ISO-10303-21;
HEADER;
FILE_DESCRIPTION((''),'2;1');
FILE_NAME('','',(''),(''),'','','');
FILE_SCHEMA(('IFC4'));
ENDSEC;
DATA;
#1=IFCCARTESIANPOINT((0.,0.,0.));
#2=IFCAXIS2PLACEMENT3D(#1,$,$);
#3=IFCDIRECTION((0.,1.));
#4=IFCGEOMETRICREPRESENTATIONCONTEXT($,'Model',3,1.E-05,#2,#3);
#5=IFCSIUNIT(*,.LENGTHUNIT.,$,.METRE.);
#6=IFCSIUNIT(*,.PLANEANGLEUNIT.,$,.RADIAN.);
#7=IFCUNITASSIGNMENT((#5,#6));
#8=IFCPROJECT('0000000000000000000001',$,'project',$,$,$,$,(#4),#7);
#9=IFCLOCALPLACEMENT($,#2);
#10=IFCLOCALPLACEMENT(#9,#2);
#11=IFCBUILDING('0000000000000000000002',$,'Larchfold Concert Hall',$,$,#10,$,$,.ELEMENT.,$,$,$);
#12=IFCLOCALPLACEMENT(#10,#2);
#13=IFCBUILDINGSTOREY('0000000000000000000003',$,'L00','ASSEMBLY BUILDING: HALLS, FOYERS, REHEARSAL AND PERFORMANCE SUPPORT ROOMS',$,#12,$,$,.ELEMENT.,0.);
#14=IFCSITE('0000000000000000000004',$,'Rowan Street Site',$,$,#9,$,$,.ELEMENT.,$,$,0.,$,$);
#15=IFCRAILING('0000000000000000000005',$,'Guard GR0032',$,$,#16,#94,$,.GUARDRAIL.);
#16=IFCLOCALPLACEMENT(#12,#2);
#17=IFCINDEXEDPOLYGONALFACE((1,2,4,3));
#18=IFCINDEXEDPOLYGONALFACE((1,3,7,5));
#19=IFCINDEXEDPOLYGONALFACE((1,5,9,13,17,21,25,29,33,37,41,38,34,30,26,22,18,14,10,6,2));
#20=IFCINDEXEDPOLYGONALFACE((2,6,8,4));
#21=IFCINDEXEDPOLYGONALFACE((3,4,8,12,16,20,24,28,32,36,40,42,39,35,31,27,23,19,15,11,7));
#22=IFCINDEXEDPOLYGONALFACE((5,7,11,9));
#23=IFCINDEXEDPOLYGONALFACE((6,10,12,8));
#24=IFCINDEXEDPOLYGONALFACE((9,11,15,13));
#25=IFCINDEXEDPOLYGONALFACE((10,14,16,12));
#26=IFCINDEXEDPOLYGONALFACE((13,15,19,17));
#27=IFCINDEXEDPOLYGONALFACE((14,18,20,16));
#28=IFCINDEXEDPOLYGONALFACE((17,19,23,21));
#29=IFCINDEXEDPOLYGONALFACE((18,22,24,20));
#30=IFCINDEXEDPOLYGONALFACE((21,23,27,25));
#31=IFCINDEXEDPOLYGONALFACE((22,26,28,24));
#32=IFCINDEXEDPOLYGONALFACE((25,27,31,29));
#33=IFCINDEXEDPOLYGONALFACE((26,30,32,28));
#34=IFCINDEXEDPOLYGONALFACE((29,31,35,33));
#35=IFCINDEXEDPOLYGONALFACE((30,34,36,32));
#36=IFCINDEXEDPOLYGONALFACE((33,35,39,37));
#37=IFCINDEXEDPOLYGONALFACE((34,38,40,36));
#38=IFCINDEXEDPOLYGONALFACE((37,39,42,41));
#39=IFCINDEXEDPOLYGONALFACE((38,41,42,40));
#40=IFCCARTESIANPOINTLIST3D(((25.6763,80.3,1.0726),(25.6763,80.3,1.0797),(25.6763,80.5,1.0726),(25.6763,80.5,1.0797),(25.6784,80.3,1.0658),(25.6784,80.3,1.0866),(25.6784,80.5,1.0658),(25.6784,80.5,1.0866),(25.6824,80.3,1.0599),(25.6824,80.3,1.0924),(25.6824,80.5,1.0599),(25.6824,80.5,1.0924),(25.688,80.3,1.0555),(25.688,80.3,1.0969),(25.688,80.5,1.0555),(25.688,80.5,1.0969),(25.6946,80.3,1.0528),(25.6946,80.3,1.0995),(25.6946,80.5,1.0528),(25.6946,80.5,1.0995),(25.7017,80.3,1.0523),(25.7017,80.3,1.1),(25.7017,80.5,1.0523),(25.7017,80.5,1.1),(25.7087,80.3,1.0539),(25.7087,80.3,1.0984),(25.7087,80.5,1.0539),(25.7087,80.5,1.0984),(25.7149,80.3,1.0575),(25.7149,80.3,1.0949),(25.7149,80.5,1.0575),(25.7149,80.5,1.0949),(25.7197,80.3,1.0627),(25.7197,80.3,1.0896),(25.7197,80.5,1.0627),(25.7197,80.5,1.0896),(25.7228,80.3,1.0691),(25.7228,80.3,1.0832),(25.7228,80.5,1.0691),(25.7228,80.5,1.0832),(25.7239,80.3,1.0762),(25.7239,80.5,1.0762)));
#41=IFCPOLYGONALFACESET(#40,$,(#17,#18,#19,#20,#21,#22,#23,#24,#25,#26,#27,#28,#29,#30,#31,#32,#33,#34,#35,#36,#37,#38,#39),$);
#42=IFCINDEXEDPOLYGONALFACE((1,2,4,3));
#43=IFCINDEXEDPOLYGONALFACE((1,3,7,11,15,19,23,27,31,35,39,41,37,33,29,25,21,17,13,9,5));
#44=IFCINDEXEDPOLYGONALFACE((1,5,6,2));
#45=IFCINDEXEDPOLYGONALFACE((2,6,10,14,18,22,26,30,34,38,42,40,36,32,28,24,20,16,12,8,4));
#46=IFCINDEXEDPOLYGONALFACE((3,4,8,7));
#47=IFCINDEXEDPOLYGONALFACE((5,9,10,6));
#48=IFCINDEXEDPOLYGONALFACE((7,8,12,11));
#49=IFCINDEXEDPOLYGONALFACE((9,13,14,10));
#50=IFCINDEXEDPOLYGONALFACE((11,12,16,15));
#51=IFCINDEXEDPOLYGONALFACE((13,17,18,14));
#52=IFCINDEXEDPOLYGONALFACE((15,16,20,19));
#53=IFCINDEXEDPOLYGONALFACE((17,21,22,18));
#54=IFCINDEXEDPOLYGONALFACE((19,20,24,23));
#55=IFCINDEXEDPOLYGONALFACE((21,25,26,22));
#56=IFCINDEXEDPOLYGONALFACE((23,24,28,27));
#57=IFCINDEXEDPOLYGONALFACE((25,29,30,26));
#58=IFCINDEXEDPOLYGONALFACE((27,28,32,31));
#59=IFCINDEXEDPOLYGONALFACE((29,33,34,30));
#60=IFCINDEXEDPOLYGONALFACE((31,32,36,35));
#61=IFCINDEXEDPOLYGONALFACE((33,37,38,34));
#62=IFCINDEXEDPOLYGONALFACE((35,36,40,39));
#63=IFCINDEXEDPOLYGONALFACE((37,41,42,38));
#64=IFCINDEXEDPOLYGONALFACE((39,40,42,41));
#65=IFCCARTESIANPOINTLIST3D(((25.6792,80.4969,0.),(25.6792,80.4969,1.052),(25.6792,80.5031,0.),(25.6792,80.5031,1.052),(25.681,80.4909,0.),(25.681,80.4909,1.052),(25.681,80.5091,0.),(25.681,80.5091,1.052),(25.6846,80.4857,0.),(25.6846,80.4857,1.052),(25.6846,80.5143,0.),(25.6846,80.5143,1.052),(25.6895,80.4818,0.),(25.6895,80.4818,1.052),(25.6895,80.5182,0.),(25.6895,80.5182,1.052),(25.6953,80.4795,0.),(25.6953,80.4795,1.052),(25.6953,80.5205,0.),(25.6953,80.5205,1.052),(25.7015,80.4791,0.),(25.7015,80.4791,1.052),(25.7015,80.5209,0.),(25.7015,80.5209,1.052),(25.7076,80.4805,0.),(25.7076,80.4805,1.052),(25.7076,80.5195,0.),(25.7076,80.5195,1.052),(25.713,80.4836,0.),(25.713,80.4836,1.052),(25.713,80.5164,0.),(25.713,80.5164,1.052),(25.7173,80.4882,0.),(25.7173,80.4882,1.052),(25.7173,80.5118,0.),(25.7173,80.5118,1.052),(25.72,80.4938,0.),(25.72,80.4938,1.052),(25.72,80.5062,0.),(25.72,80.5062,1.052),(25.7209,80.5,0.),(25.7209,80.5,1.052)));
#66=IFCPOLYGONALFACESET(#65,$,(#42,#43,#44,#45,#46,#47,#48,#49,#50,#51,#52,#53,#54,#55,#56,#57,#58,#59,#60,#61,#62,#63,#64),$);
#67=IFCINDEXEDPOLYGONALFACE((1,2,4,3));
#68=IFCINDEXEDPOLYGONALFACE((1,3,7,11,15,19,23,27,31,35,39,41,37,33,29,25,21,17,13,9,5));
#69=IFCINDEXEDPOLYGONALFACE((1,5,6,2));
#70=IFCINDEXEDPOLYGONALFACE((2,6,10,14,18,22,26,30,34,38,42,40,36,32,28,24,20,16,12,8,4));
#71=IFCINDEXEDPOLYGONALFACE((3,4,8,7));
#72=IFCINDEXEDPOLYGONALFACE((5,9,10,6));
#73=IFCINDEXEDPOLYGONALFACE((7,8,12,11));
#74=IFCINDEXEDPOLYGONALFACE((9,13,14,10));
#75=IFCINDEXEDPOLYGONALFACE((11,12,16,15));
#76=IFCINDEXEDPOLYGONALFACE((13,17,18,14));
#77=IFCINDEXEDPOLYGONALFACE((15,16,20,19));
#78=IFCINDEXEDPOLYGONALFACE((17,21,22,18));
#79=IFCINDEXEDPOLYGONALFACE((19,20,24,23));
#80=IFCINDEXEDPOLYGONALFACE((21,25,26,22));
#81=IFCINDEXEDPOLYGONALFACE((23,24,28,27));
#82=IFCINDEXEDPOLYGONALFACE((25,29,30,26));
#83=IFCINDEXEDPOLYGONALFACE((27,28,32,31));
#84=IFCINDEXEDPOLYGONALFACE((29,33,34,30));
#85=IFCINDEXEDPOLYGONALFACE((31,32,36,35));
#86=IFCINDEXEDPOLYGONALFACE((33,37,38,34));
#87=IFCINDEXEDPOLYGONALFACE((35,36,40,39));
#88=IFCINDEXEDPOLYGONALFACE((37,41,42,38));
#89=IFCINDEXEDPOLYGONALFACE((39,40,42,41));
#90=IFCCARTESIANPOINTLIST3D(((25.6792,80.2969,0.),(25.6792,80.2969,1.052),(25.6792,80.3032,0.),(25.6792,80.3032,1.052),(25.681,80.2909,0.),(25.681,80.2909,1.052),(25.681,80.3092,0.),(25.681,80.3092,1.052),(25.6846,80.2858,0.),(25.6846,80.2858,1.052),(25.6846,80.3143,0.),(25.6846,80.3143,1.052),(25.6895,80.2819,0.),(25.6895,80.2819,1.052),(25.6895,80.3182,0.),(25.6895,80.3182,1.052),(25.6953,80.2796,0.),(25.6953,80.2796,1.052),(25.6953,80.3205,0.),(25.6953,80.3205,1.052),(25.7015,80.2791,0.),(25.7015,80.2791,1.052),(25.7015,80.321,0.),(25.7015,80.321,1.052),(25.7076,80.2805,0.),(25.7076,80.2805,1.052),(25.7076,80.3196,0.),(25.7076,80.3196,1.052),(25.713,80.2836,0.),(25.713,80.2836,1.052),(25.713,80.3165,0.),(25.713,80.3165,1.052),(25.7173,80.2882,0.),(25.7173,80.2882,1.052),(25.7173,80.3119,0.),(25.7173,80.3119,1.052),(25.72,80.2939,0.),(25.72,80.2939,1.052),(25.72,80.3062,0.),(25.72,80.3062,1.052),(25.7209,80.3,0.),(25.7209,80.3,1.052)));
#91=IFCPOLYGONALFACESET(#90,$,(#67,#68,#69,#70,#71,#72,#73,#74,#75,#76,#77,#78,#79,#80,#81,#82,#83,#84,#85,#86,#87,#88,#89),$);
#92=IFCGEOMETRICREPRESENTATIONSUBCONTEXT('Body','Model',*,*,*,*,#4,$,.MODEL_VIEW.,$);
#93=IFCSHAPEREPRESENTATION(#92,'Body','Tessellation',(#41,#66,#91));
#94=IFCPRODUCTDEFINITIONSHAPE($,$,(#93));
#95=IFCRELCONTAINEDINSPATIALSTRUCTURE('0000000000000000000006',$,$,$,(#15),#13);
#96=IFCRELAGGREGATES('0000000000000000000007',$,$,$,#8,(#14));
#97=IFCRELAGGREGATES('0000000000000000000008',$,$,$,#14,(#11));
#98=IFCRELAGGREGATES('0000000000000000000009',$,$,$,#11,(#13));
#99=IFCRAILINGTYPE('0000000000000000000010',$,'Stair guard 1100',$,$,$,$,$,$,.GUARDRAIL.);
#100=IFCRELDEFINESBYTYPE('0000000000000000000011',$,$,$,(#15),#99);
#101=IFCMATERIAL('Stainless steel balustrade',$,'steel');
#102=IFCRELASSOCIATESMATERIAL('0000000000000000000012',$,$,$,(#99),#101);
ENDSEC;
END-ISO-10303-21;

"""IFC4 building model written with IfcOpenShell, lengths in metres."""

from ifc_helpers import new_model, si_unit, direction, frame, origin, origin_2d, place, context, subcontext, project, spatial, circle, extrude, material, type_object, element, save


model = new_model("IFC4")

# Units and contexts
model_context = context("Model", 3, precision=1e-05, world=origin(), true_north=direction((0.0, 1.0)))
body_context = subcontext(model_context, "Body", "Model", "MODEL_VIEW")
ifc_project = project(units=[si_unit("LENGTHUNIT", "METRE"), si_unit("PLANEANGLEUNIT", "RADIAN")], contexts=[model_context])

# Site, building, storey
site_placement = place(None, origin())
site = spatial("IfcSite", under=ifc_project, at=site_placement, Name="Rowan Street Site", CompositionType="ELEMENT", RefElevation=0.0)
building_placement = place(site_placement, origin())
building = spatial("IfcBuilding", under=site, at=building_placement, Name="Larchfold Concert Hall", CompositionType="ELEMENT")
storey_placement = place(building_placement, origin())
storey = spatial("IfcBuildingStorey", under=building, at=storey_placement, Name="L00", Description="ASSEMBLY BUILDING: HALLS, FOYERS, REHEARSAL AND PERFORMANCE SUPPORT ROOMS", CompositionType="ELEMENT", Elevation=0.0)

# Railing
ifc_material_1 = material(Name="Stainless steel balustrade", Category="steel")
railing_type_1 = type_object("IfcRailingType", Name="Stair guard 1100", PredefinedType="GUARDRAIL", material=ifc_material_1)
railing_1_placement = place(storey_placement, frame((25.7, 80.5, 0.0)))
element("IfcRailing", 1, at=railing_1_placement, inside=storey, type_object=railing_type_1, Name="Guard GR0032", PredefinedType="GUARDRAIL", context=body_context, shape_type="SweptSolid", body=[
    extrude(circle(Radius=0.0239, at=origin_2d()), frame((0.0, 0.0, 1.0762), z_axis=(0.0, -1.0, 0.0), x_axis=(1.0, 0.0, 0.0)), (0.0, 0.0, 1.0), 0.2),
    extrude(circle(Radius=0.021, at=origin_2d()), origin(), (0.0, 0.0, 1.0), 1.052),
    extrude(circle(Radius=0.021, at=origin_2d()), frame((0.0, -0.2, 0.0)), (0.0, 0.0, 1.0), 1.052),
])

save(model, "model.ifc")
